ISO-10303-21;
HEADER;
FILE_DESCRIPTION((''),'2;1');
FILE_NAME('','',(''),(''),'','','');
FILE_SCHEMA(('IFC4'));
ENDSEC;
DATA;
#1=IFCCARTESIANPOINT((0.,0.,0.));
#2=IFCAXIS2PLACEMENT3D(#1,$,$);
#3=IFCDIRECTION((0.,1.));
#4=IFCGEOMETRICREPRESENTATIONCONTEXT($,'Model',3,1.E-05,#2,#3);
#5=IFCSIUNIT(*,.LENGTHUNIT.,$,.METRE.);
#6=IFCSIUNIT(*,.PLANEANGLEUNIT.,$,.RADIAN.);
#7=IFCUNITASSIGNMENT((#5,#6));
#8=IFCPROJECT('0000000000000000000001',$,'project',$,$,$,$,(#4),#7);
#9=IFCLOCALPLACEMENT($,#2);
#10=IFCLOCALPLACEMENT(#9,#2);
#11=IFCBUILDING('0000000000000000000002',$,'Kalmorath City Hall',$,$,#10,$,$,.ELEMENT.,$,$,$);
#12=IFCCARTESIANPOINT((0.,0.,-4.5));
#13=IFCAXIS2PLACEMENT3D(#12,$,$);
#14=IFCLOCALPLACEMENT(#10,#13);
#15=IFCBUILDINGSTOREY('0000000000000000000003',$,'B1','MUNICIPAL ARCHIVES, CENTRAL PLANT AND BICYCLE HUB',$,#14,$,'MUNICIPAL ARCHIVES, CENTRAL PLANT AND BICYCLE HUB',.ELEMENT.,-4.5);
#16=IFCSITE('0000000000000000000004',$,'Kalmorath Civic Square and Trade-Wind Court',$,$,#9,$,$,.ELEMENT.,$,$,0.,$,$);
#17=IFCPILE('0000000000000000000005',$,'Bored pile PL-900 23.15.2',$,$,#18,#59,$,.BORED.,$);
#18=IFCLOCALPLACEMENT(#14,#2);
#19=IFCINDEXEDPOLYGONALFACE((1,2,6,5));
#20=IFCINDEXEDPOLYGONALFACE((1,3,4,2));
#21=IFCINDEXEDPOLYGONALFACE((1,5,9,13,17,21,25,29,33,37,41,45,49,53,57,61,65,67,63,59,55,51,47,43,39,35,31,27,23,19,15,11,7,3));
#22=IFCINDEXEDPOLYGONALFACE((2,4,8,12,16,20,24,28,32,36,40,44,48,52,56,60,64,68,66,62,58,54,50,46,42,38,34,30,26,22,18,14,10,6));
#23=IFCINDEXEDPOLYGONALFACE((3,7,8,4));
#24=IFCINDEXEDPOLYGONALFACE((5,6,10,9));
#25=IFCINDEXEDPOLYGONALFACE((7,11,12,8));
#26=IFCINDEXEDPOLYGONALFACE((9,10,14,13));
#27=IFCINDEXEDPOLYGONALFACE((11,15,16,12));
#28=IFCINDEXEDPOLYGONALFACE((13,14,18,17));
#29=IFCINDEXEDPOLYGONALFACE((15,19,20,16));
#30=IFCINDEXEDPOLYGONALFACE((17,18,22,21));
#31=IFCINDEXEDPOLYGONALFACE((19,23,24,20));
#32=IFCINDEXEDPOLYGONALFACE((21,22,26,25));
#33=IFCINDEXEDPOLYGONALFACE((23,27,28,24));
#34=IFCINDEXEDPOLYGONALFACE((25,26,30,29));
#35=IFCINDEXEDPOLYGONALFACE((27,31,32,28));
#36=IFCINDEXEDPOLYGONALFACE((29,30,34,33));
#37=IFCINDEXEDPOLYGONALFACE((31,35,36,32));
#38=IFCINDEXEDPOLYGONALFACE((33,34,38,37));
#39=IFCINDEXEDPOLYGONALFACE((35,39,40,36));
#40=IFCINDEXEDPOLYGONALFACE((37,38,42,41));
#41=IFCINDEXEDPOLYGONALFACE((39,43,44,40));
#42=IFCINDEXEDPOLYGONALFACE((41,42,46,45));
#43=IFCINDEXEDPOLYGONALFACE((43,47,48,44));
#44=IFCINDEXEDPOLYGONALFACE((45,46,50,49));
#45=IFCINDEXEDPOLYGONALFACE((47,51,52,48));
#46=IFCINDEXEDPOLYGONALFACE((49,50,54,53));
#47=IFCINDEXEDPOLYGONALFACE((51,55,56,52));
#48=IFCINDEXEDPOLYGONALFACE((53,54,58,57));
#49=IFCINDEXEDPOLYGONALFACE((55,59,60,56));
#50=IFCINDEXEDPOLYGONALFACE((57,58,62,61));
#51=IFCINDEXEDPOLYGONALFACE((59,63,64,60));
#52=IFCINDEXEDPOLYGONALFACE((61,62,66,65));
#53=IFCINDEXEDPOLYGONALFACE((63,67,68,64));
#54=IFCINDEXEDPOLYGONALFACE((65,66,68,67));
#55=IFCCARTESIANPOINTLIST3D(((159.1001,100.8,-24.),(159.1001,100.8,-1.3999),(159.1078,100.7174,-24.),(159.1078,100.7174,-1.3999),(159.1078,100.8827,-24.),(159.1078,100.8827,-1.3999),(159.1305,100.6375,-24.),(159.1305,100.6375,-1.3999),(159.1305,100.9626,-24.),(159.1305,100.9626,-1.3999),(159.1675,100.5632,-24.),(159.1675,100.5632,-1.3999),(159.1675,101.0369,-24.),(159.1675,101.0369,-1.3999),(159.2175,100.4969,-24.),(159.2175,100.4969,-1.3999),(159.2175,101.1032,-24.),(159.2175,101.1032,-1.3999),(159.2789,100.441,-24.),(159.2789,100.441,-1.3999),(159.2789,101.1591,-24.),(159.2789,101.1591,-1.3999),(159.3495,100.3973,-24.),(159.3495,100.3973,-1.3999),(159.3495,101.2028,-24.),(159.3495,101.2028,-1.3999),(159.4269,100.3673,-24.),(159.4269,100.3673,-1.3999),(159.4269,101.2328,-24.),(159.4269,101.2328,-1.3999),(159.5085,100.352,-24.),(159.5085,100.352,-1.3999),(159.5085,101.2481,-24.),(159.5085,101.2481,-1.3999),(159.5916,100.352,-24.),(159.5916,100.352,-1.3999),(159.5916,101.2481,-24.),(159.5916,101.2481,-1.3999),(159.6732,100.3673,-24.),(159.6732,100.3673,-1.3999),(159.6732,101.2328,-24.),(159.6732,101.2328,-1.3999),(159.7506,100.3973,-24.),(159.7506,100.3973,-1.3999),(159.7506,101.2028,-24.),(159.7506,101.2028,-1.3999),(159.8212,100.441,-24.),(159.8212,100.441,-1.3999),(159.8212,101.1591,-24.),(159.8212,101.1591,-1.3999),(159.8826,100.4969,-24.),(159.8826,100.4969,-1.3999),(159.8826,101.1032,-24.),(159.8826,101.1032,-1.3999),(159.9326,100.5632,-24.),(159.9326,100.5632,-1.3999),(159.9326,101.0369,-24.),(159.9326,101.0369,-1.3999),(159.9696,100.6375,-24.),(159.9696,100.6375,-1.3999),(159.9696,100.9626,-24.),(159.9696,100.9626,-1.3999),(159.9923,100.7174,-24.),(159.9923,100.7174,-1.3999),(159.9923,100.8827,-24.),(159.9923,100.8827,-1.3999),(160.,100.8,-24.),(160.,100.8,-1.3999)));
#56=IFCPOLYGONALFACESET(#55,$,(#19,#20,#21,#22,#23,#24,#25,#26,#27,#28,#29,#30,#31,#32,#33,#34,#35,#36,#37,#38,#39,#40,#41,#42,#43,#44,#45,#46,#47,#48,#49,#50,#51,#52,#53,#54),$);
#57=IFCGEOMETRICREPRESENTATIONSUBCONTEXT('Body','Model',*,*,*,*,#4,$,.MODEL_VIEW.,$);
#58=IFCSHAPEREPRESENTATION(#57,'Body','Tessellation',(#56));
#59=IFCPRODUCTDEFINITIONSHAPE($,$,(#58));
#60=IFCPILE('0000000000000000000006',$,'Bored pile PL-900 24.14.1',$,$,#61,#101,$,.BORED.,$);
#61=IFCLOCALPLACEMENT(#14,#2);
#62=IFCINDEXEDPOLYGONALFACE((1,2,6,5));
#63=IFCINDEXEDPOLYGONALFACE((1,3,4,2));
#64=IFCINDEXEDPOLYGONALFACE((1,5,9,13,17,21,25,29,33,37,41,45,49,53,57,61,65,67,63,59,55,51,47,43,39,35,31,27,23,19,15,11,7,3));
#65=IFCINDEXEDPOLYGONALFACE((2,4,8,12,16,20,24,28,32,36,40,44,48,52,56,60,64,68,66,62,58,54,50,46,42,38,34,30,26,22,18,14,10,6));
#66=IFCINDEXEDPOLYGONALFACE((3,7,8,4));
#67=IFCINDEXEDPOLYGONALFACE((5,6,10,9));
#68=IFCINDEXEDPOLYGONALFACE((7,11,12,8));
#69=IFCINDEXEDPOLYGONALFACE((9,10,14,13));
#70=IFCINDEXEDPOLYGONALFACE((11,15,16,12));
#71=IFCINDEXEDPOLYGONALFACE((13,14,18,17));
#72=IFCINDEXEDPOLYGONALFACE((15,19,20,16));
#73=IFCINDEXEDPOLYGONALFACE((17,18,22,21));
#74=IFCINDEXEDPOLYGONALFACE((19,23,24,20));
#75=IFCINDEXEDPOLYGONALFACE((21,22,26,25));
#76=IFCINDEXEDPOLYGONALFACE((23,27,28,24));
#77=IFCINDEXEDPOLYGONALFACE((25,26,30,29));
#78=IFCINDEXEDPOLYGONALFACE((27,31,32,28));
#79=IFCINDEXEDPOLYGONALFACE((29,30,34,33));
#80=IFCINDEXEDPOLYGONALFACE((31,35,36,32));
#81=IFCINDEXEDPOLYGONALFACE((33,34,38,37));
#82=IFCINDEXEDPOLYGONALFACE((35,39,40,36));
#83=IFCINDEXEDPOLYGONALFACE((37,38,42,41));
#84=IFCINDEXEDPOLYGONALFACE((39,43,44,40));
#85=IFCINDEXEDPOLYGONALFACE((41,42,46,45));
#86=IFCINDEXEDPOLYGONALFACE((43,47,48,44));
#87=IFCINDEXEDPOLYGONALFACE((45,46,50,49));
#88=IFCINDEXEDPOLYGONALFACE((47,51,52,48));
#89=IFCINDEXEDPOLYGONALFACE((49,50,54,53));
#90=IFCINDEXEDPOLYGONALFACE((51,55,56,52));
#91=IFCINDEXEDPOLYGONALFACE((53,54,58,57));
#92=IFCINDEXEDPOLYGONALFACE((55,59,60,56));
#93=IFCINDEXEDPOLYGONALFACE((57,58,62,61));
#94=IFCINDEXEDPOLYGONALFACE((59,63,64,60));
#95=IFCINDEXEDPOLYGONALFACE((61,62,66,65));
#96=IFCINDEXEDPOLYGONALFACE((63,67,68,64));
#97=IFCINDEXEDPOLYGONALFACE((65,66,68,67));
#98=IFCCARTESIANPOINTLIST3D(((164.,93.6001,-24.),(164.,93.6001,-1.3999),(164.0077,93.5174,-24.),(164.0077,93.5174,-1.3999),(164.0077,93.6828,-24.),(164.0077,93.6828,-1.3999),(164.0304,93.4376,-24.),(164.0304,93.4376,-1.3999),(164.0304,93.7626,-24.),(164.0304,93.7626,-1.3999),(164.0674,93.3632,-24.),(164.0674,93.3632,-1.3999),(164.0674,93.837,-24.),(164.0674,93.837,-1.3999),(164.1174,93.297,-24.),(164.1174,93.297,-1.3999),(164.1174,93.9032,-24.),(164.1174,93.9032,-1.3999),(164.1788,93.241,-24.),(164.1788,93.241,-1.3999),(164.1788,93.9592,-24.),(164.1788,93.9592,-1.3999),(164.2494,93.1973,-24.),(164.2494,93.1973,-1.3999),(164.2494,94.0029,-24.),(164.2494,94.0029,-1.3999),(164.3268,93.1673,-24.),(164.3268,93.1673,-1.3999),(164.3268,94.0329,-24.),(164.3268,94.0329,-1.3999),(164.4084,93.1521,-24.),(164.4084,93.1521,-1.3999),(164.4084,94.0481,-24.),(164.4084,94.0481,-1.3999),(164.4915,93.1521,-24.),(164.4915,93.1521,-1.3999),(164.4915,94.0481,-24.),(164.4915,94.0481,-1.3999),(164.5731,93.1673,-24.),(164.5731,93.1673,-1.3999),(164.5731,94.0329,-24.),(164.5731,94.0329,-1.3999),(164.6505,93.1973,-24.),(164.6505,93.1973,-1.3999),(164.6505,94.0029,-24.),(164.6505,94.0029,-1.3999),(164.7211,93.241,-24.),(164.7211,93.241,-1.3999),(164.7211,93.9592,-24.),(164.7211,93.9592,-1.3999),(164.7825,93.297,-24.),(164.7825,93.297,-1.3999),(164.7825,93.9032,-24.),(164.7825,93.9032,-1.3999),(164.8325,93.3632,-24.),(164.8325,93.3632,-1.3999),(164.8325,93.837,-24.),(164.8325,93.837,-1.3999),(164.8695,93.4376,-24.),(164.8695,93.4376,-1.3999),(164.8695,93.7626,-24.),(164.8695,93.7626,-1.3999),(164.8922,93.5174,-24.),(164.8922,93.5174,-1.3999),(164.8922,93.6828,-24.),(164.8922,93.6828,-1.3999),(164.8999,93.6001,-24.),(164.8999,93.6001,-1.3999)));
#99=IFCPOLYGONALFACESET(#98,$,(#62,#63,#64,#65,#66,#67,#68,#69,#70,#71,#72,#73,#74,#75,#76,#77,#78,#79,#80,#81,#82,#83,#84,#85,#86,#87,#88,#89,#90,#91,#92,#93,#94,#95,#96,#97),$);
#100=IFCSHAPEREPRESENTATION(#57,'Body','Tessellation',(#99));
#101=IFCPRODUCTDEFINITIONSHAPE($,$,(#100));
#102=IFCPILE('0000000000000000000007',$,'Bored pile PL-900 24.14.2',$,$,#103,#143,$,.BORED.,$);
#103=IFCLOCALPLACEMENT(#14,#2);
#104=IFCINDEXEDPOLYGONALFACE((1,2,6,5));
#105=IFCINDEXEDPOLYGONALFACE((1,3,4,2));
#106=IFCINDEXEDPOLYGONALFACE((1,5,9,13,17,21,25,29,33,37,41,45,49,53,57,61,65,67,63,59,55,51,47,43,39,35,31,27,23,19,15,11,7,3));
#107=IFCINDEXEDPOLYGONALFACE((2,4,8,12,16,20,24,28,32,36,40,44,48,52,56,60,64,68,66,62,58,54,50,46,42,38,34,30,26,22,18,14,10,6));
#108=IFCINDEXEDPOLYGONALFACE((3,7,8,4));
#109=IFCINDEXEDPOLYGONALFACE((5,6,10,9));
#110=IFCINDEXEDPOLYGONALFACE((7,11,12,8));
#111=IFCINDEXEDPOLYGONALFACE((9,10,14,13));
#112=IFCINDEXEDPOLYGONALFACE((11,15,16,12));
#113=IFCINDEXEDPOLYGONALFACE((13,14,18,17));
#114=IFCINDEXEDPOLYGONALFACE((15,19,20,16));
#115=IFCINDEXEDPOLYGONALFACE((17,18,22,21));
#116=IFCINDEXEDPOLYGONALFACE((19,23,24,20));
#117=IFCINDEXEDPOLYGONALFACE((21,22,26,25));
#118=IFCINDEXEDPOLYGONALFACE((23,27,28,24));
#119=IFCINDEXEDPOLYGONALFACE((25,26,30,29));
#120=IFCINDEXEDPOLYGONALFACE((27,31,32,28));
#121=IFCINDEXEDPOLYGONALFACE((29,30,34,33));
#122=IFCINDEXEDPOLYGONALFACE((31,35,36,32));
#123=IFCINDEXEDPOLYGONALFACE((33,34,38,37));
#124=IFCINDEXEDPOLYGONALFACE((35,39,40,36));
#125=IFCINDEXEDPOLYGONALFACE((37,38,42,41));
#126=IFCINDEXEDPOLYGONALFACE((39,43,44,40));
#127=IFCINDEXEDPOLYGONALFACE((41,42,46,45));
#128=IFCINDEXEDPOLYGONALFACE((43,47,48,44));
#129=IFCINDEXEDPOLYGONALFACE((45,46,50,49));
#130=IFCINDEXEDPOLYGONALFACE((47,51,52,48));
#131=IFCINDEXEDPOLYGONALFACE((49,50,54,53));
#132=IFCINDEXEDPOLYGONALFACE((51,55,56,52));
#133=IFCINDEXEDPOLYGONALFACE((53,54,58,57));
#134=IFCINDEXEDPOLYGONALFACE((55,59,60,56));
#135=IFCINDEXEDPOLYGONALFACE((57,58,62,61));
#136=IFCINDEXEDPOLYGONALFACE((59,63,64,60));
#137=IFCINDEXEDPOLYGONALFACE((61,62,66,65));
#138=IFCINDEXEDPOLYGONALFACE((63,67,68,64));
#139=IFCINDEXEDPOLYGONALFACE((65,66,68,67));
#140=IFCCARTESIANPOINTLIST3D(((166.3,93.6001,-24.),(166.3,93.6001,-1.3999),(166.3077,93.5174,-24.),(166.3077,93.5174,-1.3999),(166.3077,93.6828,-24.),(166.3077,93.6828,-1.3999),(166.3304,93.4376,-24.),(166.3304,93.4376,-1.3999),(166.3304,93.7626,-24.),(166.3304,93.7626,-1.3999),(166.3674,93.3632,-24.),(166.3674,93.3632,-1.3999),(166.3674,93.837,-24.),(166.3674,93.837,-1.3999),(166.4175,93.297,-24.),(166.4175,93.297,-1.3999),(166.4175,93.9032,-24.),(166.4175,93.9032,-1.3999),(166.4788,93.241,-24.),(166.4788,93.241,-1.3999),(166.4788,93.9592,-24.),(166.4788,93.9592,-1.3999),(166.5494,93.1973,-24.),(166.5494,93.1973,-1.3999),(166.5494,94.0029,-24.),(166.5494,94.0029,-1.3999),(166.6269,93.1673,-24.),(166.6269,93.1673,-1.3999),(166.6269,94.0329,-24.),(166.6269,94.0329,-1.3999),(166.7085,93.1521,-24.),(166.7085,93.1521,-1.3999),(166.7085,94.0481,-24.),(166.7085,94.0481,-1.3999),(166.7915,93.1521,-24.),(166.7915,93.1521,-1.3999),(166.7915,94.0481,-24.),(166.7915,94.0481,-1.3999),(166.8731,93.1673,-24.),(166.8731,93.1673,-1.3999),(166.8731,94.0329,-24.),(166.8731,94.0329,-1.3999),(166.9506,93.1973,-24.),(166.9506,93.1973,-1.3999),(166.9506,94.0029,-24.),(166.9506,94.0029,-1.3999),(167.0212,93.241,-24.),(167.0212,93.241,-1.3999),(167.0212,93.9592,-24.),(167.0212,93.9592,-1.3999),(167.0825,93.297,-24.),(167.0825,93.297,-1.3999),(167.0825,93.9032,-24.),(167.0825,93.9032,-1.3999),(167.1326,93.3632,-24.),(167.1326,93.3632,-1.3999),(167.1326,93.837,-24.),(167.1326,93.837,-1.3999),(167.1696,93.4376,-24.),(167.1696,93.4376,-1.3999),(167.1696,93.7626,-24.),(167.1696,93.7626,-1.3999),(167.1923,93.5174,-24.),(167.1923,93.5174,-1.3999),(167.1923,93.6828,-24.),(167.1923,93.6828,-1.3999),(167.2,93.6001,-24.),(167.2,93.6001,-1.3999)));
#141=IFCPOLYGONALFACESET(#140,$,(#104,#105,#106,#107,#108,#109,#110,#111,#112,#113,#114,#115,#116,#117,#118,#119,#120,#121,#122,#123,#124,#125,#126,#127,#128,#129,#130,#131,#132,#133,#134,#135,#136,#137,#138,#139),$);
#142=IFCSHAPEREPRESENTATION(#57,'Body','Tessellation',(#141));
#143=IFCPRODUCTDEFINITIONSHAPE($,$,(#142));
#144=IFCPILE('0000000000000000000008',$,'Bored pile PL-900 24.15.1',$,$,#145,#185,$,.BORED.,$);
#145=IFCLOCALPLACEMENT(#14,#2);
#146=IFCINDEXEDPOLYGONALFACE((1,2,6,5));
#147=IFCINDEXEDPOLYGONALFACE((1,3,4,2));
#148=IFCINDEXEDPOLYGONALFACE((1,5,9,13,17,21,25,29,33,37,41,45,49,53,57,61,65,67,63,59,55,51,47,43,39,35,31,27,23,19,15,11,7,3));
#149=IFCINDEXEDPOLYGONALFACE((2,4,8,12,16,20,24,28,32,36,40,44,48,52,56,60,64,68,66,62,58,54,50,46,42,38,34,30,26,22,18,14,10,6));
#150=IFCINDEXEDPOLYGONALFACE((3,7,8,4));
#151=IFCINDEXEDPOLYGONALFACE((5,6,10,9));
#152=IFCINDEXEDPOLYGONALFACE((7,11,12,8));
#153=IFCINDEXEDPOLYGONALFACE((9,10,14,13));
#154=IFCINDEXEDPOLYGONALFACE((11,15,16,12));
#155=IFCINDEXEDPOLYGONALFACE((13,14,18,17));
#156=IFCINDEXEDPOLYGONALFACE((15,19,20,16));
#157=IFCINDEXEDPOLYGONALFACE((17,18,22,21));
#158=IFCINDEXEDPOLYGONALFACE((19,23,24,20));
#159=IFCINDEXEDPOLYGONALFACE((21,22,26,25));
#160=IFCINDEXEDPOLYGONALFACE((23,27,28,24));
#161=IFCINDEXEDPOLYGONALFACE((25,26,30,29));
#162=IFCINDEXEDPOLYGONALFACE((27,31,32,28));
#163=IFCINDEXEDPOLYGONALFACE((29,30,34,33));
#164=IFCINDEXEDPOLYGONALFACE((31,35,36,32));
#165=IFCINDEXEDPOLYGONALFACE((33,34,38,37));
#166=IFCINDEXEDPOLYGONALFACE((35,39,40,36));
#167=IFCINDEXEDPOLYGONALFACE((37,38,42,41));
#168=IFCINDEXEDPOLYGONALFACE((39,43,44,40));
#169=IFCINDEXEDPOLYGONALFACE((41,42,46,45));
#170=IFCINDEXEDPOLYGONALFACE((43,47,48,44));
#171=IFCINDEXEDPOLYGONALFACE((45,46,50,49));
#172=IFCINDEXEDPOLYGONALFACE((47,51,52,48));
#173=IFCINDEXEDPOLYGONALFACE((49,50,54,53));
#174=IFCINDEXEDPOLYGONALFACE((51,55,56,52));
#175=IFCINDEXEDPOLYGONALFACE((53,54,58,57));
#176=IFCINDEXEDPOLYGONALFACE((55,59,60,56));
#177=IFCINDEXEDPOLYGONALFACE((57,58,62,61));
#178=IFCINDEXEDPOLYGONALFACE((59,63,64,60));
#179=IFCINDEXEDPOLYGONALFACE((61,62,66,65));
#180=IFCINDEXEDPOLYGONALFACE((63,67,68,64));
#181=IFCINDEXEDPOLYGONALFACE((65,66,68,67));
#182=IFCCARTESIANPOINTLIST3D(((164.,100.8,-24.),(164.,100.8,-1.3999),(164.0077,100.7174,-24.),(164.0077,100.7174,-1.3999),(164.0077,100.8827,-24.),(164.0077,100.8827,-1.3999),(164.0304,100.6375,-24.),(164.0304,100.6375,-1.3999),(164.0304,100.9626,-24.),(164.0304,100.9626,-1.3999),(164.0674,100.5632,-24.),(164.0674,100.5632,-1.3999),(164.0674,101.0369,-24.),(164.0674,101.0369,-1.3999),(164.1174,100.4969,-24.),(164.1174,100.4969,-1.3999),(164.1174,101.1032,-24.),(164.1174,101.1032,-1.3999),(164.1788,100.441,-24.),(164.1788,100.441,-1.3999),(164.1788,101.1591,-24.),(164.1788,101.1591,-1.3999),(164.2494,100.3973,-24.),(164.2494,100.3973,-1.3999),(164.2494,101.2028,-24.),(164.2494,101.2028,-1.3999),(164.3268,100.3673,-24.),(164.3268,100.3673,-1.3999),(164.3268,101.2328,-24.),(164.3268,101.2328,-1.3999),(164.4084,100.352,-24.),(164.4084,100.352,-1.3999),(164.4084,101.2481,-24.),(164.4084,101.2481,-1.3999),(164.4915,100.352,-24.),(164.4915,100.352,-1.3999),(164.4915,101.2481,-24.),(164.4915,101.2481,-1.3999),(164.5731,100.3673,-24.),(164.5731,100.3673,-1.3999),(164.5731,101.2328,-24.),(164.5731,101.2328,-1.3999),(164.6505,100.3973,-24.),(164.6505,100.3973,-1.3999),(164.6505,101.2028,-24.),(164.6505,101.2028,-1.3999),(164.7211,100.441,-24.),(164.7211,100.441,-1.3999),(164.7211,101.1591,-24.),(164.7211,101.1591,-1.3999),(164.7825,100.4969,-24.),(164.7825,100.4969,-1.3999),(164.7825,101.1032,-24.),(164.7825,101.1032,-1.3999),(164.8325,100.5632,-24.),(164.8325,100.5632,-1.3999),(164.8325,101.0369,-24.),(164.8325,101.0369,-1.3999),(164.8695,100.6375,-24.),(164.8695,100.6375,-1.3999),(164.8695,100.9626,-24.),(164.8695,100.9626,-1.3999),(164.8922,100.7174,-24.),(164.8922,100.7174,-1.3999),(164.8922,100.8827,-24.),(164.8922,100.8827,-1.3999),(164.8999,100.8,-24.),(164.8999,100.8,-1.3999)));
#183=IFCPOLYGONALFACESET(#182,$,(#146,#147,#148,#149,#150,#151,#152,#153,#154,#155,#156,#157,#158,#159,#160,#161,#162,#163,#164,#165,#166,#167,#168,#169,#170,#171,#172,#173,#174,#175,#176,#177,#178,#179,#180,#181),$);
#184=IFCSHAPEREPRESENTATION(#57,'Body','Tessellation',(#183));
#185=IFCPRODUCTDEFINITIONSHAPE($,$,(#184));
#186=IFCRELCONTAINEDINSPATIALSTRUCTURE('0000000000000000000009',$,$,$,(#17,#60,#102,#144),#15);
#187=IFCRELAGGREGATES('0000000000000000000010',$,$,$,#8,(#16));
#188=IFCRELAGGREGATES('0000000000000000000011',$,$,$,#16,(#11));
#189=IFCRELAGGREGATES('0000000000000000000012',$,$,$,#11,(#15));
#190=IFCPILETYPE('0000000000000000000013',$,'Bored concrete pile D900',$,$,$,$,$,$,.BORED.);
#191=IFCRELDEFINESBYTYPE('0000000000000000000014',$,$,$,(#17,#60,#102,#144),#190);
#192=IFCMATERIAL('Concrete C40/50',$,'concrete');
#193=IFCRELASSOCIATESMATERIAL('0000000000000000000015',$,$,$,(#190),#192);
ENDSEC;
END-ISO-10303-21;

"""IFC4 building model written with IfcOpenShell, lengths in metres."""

from ifc_helpers import new_model, si_unit, direction, frame, origin, origin_2d, place, context, subcontext, project, spatial, circle, extrude, material, material_profile, profile_set, type_object, element, save


model = new_model("IFC4")

# Units and contexts
model_context = context("Model", 3, precision=1e-05, world=origin(), true_north=direction((0.0, 1.0)))
body_context = subcontext(model_context, "Body", "Model", "MODEL_VIEW")
ifc_project = project(units=[si_unit("LENGTHUNIT", "METRE"), si_unit("PLANEANGLEUNIT", "RADIAN")], contexts=[model_context])

# Site, building, storey
site_placement = place(None, origin())
site = spatial("IfcSite", under=ifc_project, at=site_placement, Name="Kalmorath Civic Square and Trade-Wind Court", CompositionType="ELEMENT", RefElevation=0.0)
building_placement = place(site_placement, origin())
building = spatial("IfcBuilding", under=site, at=building_placement, Name="Kalmorath City Hall", CompositionType="ELEMENT")
storey_placement = place(building_placement, frame((0.0, 0.0, -4.5)))
storey = spatial("IfcBuildingStorey", under=building, at=storey_placement, Name="B1", Description="MUNICIPAL ARCHIVES, CENTRAL PLANT AND BICYCLE HUB", LongName="MUNICIPAL ARCHIVES, CENTRAL PLANT AND BICYCLE HUB", CompositionType="ELEMENT", Elevation=-4.5)

# Piles
ifc_material_1 = material(Name="Concrete C40/50", Category="concrete")
ifc_material_profile_1 = material_profile(ifc_material_1, circle(Radius=0.45, at=origin_2d()), Name="PILE-D900")
ifc_profile_set_1 = profile_set([ifc_material_profile_1], Name="Concrete C40/50")
pile_type_1 = type_object("IfcPileType", Name="Bored concrete pile D900", PredefinedType="BORED", material=ifc_profile_set_1)
for number, where, z_axis, x_axis, name in (
    (1, (159.55, 100.8, -1.3999), (0.0, 0.0, -1.0), (1.0, 0.0, 0.0), "Bored pile PL-900 23.15.2"),
    (2, (164.45, 93.6001, -1.3999), (0.0, 0.0, -1.0), (1.0, 0.0, 0.0), "Bored pile PL-900 24.14.1"),
    (3, (166.75, 93.6001, -1.3999), (0.0, 0.0, -1.0), (1.0, 0.0, 0.0), "Bored pile PL-900 24.14.2"),
    (4, (164.45, 100.8, -1.3999), (0.0, 0.0, -1.0), (1.0, 0.0, 0.0), "Bored pile PL-900 24.15.1"),
):
    element("IfcPile", number, at=place(storey_placement, frame(where, z_axis=z_axis, x_axis=x_axis)), inside=storey, type_object=pile_type_1, Name=name, PredefinedType="BORED", context=body_context, shape_type="SweptSolid", body=[
        extrude(circle(Radius=0.45, at=origin_2d()), origin(), (0.0, 0.0, 1.0), 22.6001),
    ])

save(model, "model.ifc")
